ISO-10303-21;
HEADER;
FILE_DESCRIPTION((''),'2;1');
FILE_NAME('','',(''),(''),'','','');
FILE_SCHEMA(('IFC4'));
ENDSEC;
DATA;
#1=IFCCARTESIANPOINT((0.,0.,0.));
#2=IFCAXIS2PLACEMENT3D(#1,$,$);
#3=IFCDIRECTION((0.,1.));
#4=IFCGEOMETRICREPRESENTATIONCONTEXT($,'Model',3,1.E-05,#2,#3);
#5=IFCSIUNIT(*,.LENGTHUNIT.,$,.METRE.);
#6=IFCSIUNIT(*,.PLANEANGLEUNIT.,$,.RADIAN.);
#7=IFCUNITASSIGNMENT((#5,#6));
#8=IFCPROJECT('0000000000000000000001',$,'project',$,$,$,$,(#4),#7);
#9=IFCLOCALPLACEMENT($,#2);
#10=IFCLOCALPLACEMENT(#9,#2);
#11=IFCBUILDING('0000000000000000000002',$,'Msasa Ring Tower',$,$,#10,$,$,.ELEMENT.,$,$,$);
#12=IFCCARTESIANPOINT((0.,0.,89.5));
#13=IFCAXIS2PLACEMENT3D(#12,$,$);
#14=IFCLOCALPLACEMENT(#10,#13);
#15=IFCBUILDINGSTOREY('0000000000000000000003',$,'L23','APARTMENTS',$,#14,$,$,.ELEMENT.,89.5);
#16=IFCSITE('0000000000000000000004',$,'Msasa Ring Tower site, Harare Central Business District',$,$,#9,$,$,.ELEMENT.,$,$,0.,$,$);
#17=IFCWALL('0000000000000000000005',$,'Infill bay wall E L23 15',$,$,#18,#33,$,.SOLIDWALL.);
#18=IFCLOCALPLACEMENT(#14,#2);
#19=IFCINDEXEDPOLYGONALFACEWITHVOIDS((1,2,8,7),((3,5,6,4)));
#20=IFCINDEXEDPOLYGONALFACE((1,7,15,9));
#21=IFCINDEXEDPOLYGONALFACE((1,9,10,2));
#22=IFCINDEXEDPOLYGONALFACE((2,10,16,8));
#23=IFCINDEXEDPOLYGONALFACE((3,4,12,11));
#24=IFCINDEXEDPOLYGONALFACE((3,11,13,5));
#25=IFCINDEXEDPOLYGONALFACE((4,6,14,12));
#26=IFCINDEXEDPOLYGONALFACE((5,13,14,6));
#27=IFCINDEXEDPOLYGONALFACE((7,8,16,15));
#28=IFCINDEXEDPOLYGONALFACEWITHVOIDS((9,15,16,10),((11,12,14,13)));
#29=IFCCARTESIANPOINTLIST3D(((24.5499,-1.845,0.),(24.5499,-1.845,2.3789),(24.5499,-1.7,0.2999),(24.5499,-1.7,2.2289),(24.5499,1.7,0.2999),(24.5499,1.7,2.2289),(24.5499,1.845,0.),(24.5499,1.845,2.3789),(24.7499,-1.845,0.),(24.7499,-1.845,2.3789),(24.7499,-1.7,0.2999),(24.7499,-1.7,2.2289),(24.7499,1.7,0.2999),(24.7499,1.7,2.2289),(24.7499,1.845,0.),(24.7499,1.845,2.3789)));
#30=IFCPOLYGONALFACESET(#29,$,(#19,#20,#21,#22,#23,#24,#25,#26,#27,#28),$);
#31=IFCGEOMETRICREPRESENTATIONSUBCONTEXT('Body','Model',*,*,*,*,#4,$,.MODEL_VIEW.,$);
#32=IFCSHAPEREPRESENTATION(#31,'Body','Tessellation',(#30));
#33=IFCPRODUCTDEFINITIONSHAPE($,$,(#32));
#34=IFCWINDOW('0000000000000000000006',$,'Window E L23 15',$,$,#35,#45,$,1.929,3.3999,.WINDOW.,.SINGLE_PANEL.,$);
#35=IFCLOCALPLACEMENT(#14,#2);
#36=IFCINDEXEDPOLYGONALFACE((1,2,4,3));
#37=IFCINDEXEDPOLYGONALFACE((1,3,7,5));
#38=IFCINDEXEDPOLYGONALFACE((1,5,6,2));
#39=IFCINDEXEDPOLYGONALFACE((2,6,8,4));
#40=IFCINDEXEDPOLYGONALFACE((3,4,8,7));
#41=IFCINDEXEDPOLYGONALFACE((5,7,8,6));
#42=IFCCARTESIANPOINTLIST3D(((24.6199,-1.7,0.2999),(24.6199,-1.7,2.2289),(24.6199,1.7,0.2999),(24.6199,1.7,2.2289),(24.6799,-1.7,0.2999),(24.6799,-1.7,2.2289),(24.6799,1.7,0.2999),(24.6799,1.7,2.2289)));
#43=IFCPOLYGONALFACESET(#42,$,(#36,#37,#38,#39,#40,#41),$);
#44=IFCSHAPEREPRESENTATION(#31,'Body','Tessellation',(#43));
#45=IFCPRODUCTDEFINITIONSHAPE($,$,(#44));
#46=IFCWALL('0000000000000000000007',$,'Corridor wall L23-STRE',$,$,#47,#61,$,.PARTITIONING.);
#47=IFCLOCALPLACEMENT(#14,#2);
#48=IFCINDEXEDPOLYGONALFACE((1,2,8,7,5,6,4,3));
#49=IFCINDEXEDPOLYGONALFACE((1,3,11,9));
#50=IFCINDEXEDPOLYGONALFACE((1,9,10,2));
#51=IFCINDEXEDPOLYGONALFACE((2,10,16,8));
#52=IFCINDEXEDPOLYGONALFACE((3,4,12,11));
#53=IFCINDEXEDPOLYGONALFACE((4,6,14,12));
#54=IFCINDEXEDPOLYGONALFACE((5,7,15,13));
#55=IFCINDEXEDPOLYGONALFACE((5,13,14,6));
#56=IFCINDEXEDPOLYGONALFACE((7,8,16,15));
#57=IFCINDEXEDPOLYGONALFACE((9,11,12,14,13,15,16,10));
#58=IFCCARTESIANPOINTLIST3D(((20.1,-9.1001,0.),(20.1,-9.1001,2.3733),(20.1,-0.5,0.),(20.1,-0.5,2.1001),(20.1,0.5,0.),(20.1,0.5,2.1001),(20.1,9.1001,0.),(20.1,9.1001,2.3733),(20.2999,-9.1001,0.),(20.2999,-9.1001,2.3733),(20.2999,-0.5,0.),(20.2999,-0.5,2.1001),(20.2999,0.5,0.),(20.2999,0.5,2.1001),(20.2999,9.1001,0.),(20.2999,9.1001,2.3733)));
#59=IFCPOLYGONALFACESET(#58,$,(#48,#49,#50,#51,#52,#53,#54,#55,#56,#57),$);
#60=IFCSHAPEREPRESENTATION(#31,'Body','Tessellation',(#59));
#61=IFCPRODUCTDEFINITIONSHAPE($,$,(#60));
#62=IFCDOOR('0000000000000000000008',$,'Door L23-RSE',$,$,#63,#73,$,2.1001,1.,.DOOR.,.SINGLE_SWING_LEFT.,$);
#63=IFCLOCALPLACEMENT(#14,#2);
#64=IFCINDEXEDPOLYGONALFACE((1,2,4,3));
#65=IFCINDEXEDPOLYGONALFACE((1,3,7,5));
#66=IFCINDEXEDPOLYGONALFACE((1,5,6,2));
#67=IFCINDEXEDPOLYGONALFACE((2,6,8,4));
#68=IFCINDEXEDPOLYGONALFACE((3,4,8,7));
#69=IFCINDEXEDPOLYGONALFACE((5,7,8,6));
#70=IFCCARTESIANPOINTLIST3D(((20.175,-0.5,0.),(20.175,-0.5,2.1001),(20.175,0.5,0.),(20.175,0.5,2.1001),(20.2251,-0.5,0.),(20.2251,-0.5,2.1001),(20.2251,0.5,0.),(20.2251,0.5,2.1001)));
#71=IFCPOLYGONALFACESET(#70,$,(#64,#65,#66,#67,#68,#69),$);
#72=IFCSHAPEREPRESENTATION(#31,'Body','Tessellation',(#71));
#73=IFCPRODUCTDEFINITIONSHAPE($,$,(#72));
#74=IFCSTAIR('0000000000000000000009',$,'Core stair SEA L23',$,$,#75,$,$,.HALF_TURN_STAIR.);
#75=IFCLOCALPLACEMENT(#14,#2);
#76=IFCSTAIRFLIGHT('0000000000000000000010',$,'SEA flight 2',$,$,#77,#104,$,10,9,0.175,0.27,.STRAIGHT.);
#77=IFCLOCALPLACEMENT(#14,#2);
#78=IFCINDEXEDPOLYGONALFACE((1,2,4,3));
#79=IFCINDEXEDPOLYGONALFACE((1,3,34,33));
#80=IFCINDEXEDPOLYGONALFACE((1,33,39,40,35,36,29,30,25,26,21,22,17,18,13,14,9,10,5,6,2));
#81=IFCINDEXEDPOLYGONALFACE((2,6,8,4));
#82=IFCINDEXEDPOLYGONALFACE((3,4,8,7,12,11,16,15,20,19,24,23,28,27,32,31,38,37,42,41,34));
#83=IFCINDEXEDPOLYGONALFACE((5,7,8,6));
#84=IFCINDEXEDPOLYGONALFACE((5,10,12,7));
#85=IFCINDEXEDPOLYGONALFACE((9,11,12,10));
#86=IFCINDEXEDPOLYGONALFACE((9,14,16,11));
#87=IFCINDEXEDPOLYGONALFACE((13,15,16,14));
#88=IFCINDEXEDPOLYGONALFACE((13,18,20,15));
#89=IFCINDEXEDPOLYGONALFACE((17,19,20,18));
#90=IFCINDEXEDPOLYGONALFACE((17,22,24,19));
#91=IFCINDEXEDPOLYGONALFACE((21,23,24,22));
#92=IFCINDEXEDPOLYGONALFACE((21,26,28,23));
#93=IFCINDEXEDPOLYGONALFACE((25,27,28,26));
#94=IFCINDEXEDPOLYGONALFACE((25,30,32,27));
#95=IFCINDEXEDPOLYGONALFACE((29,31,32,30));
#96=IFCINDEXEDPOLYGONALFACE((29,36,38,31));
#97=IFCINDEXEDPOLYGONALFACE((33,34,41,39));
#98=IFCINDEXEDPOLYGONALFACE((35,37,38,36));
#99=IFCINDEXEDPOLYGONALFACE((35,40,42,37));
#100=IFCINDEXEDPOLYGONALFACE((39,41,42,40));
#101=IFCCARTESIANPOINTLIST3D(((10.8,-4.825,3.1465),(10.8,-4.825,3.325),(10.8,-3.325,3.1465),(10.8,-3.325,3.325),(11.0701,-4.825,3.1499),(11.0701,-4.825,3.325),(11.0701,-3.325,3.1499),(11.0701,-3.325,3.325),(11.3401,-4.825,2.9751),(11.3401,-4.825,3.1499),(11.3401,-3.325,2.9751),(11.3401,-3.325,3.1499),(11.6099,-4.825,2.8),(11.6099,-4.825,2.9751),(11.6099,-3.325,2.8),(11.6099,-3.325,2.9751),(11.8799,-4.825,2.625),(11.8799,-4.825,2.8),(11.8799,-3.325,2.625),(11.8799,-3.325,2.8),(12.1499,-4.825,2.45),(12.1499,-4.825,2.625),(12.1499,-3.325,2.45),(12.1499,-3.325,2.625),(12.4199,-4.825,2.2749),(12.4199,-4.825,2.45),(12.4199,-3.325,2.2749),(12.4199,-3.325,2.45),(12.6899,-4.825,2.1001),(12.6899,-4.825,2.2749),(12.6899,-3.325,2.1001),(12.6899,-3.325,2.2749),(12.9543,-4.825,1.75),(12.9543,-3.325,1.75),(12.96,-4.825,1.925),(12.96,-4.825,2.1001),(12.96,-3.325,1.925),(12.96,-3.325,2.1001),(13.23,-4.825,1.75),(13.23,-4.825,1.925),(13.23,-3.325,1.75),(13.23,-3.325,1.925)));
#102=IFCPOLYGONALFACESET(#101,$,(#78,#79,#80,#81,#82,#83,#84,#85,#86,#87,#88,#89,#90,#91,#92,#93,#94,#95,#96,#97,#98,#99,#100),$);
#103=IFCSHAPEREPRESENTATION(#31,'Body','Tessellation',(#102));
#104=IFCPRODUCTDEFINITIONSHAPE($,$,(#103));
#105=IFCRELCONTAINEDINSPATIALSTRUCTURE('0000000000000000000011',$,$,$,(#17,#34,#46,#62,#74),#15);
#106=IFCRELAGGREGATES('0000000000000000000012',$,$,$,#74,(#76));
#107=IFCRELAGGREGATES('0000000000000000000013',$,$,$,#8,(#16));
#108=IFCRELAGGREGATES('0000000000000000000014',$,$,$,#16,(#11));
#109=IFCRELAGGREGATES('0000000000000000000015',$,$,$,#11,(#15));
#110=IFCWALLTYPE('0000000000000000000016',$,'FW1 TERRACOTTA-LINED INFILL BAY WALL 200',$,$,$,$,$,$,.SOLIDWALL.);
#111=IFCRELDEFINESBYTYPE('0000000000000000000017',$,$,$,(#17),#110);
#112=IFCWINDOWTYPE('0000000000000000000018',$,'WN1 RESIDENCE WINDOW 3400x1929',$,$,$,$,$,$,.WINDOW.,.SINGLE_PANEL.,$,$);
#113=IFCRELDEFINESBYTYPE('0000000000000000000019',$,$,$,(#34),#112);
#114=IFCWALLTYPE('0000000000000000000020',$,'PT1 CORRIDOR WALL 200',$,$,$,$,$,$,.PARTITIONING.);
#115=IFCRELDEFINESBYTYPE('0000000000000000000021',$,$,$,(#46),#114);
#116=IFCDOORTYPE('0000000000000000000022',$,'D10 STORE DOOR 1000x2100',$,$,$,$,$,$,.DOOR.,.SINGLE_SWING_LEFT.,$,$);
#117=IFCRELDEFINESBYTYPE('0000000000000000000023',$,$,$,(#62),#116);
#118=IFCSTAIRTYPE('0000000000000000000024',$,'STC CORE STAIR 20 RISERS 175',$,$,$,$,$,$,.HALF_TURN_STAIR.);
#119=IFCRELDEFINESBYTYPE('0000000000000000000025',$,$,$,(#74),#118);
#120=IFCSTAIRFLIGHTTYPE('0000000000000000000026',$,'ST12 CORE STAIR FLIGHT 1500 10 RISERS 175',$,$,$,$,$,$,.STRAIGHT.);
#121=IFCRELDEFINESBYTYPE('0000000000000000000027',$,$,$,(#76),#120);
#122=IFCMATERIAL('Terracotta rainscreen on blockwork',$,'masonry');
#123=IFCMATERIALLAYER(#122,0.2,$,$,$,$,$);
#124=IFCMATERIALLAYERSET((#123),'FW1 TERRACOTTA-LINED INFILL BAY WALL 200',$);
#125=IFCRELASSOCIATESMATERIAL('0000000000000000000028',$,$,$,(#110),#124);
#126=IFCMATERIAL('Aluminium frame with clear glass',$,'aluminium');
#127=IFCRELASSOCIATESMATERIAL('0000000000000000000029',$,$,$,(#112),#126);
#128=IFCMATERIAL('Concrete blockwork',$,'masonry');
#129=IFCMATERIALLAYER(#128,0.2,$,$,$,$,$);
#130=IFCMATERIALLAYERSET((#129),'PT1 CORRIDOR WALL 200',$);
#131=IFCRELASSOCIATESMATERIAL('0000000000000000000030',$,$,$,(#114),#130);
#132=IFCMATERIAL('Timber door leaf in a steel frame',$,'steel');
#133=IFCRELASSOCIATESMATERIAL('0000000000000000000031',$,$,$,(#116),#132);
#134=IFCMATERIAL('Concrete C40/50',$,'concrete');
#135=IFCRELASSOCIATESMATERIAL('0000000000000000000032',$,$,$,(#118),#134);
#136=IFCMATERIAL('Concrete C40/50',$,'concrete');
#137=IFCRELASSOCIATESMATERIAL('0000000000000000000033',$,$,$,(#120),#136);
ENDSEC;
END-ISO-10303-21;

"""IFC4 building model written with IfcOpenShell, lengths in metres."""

from ifc_helpers import new_model, si_unit, direction, frame, frame_2d, origin, place, context, subcontext, project, spatial, polyline, rectangle, outline, extrude, material, layer, layer_set, type_object, element, fill, aggregate, save


model = new_model("IFC4")

# Units and contexts
model_context = context("Model", 3, precision=1e-05, world=origin(), true_north=direction((0.0, 1.0)))
body_context = subcontext(model_context, "Body", "Model", "MODEL_VIEW")
ifc_project = project(units=[si_unit("LENGTHUNIT", "METRE"), si_unit("PLANEANGLEUNIT", "RADIAN")], contexts=[model_context])

# Site, building, storey
site_placement = place(None, origin())
site = spatial("IfcSite", under=ifc_project, at=site_placement, Name="Msasa Ring Tower site, Harare Central Business District", CompositionType="ELEMENT", RefElevation=0.0)
building_placement = place(site_placement, origin())
building = spatial("IfcBuilding", under=site, at=building_placement, Name="Msasa Ring Tower", CompositionType="ELEMENT")
storey_placement = place(building_placement, frame((0.0, 0.0, 89.5)))
storey = spatial("IfcBuildingStorey", under=building, at=storey_placement, Name="L23", Description="APARTMENTS", CompositionType="ELEMENT", Elevation=89.5)

# Wall, opening, window
ifc_material_1 = material(Name="Terracotta rainscreen on blockwork", Category="masonry")
ifc_layer_1 = layer(ifc_material_1, 0.2)
ifc_layer_set_1 = layer_set([ifc_layer_1], Name="FW1 TERRACOTTA-LINED INFILL BAY WALL 200")
wall_type_1 = type_object("IfcWallType", Name="FW1 TERRACOTTA-LINED INFILL BAY WALL 200", PredefinedType="SOLIDWALL", material=ifc_layer_set_1)
ifc_material_2 = material(Name="Aluminium frame with clear glass", Category="aluminium")
window_type = type_object("IfcWindowType", Name="WN1 RESIDENCE WINDOW 3400x1929", PartitioningType="SINGLE_PANEL", PredefinedType="WINDOW", material=ifc_material_2)
wall_1_placement = place(storey_placement, frame((24.6499, -1.845, 0.0), z_axis=(0.0, 0.0, 1.0), x_axis=(0.0, 1.0, 0.0)))
wall_1 = element("IfcWall", 1, at=wall_1_placement, inside=storey, type_object=wall_type_1, Name="Infill bay wall E L23 15", PredefinedType="SOLIDWALL", context=body_context, shape_type="SweptSolid", body=[
    extrude(rectangle(XDim=3.6899, YDim=0.2, at=frame_2d((1.845, 0.0))), origin(), (0.0, 0.0, 1.0), 2.3789),
])
opening_1_placement = place(wall_1_placement, frame((0.145, 0.0, 0.3)))
opening_1 = element("IfcOpeningElement", 2, at=opening_1_placement, cuts=wall_1, PredefinedType="OPENING", context=body_context, shape_type="SweptSolid", body=[
    extrude(rectangle(XDim=3.3999, YDim=1.929, at=frame_2d((1.7, 0.9644))), frame((0.0, 0.1099, 0.0), z_axis=(0.0, -1.0, 0.0), x_axis=(1.0, 0.0, 0.0)), (0.0, 0.0, 1.0), 0.22),
])
window_1_placement = place(opening_1_placement, origin())
window_1 = element("IfcWindow", 3, at=window_1_placement, inside=storey, type_object=window_type, Name="Window E L23 15", OverallHeight=1.929, OverallWidth=3.3999, PartitioningType="SINGLE_PANEL", PredefinedType="WINDOW", context=body_context, shape_type="SweptSolid", body=[
    extrude(rectangle(XDim=3.3999, YDim=1.929, at=frame_2d((1.7, 0.9644))), frame((0.0, 0.03, 0.0), z_axis=(0.0, -1.0, 0.0), x_axis=(1.0, 0.0, 0.0)), (0.0, 0.0, 1.0), 0.0601),
])
fill(opening_1, window_1)

# Wall, opening, door
ifc_material_3 = material(Name="Concrete blockwork", Category="masonry")
ifc_layer_2 = layer(ifc_material_3, 0.2)
ifc_layer_set_2 = layer_set([ifc_layer_2], Name="PT1 CORRIDOR WALL 200")
wall_type_2 = type_object("IfcWallType", Name="PT1 CORRIDOR WALL 200", PredefinedType="PARTITIONING", material=ifc_layer_set_2)
wall_2_placement = place(storey_placement, frame((20.2, -9.1001, 0.0), z_axis=(0.0, 0.0, 1.0), x_axis=(0.0, 1.0, 0.0)))
wall_2 = element("IfcWall", 4, at=wall_2_placement, inside=storey, type_object=wall_type_2, Name="Corridor wall L23-STRE", PredefinedType="PARTITIONING", context=body_context, shape_type="SweptSolid", body=[
    extrude(rectangle(XDim=18.2002, YDim=0.2, at=frame_2d((9.1001, 0.0))), origin(), (0.0, 0.0, 1.0), 2.3733),
])
opening_2_placement = place(wall_2_placement, frame((8.6001, 0.0, 0.0)))
opening_2 = element("IfcOpeningElement", 5, at=opening_2_placement, cuts=wall_2, PredefinedType="OPENING", context=body_context, shape_type="SweptSolid", body=[
    extrude(rectangle(XDim=1.0, YDim=2.1001, at=frame_2d((0.5, 1.05))), frame((0.0, 0.1099, 0.0), z_axis=(0.0, -1.0, 0.0), x_axis=(1.0, 0.0, 0.0)), (0.0, 0.0, 1.0), 0.22),
])
ifc_material_4 = material(Name="Timber door leaf in a steel frame", Category="steel")
door_type = type_object("IfcDoorType", Name="D10 STORE DOOR 1000x2100", OperationType="SINGLE_SWING_LEFT", PredefinedType="DOOR", material=ifc_material_4)
door_placement = place(opening_2_placement, origin())
door = element("IfcDoor", 6, at=door_placement, inside=storey, type_object=door_type, Name="Door L23-RSE", OperationType="SINGLE_SWING_LEFT", OverallHeight=2.1001, OverallWidth=1.0, PredefinedType="DOOR", context=body_context, shape_type="SweptSolid", body=[
    extrude(rectangle(XDim=1.0, YDim=2.1001, at=frame_2d((0.5, 1.05))), frame((0.0, 0.0249, 0.0), z_axis=(0.0, -1.0, 0.0), x_axis=(1.0, 0.0, 0.0)), (0.0, 0.0, 1.0), 0.05),
])
fill(opening_2, door)

# Stair, stair flight
ifc_material_5 = material(Name="Concrete C40/50", Category="concrete")
stair_type = type_object("IfcStairType", Name="STC CORE STAIR 20 RISERS 175", PredefinedType="HALF_TURN_STAIR", material=ifc_material_5)
stair_placement = place(storey_placement, origin())
stair = element("IfcStair", 7, at=stair_placement, inside=storey, type_object=stair_type, Name="Core stair SEA L23", PredefinedType="HALF_TURN_STAIR")
ifc_material_6 = material(Name="Concrete C40/50", Category="concrete")
stair_flight_type = type_object("IfcStairFlightType", Name="ST12 CORE STAIR FLIGHT 1500 10 RISERS 175", PredefinedType="STRAIGHT", material=ifc_material_6)
stair_flight_placement = place(storey_placement, frame((13.23, -4.075, 1.75), z_axis=(0.0, 0.0, 1.0), x_axis=(-1.0, 0.0, 0.0)))
stair_flight = element("IfcStairFlight", 8, at=stair_flight_placement, type_object=stair_flight_type, Name="SEA flight 2", NumberOfRisers=10, NumberOfTreads=9, PredefinedType="STRAIGHT", RiserHeight=0.175, TreadLength=0.27, context=body_context, shape_type="SweptSolid", body=[
    extrude(outline(polyline([(0.0, 0.0), (0.0, 0.175), (0.27, 0.175), (0.27, 0.3501), (0.54, 0.3501), (0.54, 0.5249), (0.8101, 0.5249), (0.8101, 0.7), (1.0801, 0.7), (1.0801, 0.875), (1.3501, 0.875), (1.3501, 1.05), (1.6201, 1.05), (1.6201, 1.2251), (1.8899, 1.2251), (1.8899, 1.3999), (2.1599, 1.3999), (2.1599, 1.575), (2.4299, 1.575), (2.4299, 1.75), (2.4299, 1.3965), (0.2756, 0.0), (0.0, 0.0)])), frame((0.0, 0.75, 0.0), z_axis=(0.0, -1.0, 0.0), x_axis=(1.0, 0.0, 0.0)), (0.0, 0.0, 1.0), 1.5),
])
aggregate(stair, [stair_flight])

save(model, "model.ifc")
